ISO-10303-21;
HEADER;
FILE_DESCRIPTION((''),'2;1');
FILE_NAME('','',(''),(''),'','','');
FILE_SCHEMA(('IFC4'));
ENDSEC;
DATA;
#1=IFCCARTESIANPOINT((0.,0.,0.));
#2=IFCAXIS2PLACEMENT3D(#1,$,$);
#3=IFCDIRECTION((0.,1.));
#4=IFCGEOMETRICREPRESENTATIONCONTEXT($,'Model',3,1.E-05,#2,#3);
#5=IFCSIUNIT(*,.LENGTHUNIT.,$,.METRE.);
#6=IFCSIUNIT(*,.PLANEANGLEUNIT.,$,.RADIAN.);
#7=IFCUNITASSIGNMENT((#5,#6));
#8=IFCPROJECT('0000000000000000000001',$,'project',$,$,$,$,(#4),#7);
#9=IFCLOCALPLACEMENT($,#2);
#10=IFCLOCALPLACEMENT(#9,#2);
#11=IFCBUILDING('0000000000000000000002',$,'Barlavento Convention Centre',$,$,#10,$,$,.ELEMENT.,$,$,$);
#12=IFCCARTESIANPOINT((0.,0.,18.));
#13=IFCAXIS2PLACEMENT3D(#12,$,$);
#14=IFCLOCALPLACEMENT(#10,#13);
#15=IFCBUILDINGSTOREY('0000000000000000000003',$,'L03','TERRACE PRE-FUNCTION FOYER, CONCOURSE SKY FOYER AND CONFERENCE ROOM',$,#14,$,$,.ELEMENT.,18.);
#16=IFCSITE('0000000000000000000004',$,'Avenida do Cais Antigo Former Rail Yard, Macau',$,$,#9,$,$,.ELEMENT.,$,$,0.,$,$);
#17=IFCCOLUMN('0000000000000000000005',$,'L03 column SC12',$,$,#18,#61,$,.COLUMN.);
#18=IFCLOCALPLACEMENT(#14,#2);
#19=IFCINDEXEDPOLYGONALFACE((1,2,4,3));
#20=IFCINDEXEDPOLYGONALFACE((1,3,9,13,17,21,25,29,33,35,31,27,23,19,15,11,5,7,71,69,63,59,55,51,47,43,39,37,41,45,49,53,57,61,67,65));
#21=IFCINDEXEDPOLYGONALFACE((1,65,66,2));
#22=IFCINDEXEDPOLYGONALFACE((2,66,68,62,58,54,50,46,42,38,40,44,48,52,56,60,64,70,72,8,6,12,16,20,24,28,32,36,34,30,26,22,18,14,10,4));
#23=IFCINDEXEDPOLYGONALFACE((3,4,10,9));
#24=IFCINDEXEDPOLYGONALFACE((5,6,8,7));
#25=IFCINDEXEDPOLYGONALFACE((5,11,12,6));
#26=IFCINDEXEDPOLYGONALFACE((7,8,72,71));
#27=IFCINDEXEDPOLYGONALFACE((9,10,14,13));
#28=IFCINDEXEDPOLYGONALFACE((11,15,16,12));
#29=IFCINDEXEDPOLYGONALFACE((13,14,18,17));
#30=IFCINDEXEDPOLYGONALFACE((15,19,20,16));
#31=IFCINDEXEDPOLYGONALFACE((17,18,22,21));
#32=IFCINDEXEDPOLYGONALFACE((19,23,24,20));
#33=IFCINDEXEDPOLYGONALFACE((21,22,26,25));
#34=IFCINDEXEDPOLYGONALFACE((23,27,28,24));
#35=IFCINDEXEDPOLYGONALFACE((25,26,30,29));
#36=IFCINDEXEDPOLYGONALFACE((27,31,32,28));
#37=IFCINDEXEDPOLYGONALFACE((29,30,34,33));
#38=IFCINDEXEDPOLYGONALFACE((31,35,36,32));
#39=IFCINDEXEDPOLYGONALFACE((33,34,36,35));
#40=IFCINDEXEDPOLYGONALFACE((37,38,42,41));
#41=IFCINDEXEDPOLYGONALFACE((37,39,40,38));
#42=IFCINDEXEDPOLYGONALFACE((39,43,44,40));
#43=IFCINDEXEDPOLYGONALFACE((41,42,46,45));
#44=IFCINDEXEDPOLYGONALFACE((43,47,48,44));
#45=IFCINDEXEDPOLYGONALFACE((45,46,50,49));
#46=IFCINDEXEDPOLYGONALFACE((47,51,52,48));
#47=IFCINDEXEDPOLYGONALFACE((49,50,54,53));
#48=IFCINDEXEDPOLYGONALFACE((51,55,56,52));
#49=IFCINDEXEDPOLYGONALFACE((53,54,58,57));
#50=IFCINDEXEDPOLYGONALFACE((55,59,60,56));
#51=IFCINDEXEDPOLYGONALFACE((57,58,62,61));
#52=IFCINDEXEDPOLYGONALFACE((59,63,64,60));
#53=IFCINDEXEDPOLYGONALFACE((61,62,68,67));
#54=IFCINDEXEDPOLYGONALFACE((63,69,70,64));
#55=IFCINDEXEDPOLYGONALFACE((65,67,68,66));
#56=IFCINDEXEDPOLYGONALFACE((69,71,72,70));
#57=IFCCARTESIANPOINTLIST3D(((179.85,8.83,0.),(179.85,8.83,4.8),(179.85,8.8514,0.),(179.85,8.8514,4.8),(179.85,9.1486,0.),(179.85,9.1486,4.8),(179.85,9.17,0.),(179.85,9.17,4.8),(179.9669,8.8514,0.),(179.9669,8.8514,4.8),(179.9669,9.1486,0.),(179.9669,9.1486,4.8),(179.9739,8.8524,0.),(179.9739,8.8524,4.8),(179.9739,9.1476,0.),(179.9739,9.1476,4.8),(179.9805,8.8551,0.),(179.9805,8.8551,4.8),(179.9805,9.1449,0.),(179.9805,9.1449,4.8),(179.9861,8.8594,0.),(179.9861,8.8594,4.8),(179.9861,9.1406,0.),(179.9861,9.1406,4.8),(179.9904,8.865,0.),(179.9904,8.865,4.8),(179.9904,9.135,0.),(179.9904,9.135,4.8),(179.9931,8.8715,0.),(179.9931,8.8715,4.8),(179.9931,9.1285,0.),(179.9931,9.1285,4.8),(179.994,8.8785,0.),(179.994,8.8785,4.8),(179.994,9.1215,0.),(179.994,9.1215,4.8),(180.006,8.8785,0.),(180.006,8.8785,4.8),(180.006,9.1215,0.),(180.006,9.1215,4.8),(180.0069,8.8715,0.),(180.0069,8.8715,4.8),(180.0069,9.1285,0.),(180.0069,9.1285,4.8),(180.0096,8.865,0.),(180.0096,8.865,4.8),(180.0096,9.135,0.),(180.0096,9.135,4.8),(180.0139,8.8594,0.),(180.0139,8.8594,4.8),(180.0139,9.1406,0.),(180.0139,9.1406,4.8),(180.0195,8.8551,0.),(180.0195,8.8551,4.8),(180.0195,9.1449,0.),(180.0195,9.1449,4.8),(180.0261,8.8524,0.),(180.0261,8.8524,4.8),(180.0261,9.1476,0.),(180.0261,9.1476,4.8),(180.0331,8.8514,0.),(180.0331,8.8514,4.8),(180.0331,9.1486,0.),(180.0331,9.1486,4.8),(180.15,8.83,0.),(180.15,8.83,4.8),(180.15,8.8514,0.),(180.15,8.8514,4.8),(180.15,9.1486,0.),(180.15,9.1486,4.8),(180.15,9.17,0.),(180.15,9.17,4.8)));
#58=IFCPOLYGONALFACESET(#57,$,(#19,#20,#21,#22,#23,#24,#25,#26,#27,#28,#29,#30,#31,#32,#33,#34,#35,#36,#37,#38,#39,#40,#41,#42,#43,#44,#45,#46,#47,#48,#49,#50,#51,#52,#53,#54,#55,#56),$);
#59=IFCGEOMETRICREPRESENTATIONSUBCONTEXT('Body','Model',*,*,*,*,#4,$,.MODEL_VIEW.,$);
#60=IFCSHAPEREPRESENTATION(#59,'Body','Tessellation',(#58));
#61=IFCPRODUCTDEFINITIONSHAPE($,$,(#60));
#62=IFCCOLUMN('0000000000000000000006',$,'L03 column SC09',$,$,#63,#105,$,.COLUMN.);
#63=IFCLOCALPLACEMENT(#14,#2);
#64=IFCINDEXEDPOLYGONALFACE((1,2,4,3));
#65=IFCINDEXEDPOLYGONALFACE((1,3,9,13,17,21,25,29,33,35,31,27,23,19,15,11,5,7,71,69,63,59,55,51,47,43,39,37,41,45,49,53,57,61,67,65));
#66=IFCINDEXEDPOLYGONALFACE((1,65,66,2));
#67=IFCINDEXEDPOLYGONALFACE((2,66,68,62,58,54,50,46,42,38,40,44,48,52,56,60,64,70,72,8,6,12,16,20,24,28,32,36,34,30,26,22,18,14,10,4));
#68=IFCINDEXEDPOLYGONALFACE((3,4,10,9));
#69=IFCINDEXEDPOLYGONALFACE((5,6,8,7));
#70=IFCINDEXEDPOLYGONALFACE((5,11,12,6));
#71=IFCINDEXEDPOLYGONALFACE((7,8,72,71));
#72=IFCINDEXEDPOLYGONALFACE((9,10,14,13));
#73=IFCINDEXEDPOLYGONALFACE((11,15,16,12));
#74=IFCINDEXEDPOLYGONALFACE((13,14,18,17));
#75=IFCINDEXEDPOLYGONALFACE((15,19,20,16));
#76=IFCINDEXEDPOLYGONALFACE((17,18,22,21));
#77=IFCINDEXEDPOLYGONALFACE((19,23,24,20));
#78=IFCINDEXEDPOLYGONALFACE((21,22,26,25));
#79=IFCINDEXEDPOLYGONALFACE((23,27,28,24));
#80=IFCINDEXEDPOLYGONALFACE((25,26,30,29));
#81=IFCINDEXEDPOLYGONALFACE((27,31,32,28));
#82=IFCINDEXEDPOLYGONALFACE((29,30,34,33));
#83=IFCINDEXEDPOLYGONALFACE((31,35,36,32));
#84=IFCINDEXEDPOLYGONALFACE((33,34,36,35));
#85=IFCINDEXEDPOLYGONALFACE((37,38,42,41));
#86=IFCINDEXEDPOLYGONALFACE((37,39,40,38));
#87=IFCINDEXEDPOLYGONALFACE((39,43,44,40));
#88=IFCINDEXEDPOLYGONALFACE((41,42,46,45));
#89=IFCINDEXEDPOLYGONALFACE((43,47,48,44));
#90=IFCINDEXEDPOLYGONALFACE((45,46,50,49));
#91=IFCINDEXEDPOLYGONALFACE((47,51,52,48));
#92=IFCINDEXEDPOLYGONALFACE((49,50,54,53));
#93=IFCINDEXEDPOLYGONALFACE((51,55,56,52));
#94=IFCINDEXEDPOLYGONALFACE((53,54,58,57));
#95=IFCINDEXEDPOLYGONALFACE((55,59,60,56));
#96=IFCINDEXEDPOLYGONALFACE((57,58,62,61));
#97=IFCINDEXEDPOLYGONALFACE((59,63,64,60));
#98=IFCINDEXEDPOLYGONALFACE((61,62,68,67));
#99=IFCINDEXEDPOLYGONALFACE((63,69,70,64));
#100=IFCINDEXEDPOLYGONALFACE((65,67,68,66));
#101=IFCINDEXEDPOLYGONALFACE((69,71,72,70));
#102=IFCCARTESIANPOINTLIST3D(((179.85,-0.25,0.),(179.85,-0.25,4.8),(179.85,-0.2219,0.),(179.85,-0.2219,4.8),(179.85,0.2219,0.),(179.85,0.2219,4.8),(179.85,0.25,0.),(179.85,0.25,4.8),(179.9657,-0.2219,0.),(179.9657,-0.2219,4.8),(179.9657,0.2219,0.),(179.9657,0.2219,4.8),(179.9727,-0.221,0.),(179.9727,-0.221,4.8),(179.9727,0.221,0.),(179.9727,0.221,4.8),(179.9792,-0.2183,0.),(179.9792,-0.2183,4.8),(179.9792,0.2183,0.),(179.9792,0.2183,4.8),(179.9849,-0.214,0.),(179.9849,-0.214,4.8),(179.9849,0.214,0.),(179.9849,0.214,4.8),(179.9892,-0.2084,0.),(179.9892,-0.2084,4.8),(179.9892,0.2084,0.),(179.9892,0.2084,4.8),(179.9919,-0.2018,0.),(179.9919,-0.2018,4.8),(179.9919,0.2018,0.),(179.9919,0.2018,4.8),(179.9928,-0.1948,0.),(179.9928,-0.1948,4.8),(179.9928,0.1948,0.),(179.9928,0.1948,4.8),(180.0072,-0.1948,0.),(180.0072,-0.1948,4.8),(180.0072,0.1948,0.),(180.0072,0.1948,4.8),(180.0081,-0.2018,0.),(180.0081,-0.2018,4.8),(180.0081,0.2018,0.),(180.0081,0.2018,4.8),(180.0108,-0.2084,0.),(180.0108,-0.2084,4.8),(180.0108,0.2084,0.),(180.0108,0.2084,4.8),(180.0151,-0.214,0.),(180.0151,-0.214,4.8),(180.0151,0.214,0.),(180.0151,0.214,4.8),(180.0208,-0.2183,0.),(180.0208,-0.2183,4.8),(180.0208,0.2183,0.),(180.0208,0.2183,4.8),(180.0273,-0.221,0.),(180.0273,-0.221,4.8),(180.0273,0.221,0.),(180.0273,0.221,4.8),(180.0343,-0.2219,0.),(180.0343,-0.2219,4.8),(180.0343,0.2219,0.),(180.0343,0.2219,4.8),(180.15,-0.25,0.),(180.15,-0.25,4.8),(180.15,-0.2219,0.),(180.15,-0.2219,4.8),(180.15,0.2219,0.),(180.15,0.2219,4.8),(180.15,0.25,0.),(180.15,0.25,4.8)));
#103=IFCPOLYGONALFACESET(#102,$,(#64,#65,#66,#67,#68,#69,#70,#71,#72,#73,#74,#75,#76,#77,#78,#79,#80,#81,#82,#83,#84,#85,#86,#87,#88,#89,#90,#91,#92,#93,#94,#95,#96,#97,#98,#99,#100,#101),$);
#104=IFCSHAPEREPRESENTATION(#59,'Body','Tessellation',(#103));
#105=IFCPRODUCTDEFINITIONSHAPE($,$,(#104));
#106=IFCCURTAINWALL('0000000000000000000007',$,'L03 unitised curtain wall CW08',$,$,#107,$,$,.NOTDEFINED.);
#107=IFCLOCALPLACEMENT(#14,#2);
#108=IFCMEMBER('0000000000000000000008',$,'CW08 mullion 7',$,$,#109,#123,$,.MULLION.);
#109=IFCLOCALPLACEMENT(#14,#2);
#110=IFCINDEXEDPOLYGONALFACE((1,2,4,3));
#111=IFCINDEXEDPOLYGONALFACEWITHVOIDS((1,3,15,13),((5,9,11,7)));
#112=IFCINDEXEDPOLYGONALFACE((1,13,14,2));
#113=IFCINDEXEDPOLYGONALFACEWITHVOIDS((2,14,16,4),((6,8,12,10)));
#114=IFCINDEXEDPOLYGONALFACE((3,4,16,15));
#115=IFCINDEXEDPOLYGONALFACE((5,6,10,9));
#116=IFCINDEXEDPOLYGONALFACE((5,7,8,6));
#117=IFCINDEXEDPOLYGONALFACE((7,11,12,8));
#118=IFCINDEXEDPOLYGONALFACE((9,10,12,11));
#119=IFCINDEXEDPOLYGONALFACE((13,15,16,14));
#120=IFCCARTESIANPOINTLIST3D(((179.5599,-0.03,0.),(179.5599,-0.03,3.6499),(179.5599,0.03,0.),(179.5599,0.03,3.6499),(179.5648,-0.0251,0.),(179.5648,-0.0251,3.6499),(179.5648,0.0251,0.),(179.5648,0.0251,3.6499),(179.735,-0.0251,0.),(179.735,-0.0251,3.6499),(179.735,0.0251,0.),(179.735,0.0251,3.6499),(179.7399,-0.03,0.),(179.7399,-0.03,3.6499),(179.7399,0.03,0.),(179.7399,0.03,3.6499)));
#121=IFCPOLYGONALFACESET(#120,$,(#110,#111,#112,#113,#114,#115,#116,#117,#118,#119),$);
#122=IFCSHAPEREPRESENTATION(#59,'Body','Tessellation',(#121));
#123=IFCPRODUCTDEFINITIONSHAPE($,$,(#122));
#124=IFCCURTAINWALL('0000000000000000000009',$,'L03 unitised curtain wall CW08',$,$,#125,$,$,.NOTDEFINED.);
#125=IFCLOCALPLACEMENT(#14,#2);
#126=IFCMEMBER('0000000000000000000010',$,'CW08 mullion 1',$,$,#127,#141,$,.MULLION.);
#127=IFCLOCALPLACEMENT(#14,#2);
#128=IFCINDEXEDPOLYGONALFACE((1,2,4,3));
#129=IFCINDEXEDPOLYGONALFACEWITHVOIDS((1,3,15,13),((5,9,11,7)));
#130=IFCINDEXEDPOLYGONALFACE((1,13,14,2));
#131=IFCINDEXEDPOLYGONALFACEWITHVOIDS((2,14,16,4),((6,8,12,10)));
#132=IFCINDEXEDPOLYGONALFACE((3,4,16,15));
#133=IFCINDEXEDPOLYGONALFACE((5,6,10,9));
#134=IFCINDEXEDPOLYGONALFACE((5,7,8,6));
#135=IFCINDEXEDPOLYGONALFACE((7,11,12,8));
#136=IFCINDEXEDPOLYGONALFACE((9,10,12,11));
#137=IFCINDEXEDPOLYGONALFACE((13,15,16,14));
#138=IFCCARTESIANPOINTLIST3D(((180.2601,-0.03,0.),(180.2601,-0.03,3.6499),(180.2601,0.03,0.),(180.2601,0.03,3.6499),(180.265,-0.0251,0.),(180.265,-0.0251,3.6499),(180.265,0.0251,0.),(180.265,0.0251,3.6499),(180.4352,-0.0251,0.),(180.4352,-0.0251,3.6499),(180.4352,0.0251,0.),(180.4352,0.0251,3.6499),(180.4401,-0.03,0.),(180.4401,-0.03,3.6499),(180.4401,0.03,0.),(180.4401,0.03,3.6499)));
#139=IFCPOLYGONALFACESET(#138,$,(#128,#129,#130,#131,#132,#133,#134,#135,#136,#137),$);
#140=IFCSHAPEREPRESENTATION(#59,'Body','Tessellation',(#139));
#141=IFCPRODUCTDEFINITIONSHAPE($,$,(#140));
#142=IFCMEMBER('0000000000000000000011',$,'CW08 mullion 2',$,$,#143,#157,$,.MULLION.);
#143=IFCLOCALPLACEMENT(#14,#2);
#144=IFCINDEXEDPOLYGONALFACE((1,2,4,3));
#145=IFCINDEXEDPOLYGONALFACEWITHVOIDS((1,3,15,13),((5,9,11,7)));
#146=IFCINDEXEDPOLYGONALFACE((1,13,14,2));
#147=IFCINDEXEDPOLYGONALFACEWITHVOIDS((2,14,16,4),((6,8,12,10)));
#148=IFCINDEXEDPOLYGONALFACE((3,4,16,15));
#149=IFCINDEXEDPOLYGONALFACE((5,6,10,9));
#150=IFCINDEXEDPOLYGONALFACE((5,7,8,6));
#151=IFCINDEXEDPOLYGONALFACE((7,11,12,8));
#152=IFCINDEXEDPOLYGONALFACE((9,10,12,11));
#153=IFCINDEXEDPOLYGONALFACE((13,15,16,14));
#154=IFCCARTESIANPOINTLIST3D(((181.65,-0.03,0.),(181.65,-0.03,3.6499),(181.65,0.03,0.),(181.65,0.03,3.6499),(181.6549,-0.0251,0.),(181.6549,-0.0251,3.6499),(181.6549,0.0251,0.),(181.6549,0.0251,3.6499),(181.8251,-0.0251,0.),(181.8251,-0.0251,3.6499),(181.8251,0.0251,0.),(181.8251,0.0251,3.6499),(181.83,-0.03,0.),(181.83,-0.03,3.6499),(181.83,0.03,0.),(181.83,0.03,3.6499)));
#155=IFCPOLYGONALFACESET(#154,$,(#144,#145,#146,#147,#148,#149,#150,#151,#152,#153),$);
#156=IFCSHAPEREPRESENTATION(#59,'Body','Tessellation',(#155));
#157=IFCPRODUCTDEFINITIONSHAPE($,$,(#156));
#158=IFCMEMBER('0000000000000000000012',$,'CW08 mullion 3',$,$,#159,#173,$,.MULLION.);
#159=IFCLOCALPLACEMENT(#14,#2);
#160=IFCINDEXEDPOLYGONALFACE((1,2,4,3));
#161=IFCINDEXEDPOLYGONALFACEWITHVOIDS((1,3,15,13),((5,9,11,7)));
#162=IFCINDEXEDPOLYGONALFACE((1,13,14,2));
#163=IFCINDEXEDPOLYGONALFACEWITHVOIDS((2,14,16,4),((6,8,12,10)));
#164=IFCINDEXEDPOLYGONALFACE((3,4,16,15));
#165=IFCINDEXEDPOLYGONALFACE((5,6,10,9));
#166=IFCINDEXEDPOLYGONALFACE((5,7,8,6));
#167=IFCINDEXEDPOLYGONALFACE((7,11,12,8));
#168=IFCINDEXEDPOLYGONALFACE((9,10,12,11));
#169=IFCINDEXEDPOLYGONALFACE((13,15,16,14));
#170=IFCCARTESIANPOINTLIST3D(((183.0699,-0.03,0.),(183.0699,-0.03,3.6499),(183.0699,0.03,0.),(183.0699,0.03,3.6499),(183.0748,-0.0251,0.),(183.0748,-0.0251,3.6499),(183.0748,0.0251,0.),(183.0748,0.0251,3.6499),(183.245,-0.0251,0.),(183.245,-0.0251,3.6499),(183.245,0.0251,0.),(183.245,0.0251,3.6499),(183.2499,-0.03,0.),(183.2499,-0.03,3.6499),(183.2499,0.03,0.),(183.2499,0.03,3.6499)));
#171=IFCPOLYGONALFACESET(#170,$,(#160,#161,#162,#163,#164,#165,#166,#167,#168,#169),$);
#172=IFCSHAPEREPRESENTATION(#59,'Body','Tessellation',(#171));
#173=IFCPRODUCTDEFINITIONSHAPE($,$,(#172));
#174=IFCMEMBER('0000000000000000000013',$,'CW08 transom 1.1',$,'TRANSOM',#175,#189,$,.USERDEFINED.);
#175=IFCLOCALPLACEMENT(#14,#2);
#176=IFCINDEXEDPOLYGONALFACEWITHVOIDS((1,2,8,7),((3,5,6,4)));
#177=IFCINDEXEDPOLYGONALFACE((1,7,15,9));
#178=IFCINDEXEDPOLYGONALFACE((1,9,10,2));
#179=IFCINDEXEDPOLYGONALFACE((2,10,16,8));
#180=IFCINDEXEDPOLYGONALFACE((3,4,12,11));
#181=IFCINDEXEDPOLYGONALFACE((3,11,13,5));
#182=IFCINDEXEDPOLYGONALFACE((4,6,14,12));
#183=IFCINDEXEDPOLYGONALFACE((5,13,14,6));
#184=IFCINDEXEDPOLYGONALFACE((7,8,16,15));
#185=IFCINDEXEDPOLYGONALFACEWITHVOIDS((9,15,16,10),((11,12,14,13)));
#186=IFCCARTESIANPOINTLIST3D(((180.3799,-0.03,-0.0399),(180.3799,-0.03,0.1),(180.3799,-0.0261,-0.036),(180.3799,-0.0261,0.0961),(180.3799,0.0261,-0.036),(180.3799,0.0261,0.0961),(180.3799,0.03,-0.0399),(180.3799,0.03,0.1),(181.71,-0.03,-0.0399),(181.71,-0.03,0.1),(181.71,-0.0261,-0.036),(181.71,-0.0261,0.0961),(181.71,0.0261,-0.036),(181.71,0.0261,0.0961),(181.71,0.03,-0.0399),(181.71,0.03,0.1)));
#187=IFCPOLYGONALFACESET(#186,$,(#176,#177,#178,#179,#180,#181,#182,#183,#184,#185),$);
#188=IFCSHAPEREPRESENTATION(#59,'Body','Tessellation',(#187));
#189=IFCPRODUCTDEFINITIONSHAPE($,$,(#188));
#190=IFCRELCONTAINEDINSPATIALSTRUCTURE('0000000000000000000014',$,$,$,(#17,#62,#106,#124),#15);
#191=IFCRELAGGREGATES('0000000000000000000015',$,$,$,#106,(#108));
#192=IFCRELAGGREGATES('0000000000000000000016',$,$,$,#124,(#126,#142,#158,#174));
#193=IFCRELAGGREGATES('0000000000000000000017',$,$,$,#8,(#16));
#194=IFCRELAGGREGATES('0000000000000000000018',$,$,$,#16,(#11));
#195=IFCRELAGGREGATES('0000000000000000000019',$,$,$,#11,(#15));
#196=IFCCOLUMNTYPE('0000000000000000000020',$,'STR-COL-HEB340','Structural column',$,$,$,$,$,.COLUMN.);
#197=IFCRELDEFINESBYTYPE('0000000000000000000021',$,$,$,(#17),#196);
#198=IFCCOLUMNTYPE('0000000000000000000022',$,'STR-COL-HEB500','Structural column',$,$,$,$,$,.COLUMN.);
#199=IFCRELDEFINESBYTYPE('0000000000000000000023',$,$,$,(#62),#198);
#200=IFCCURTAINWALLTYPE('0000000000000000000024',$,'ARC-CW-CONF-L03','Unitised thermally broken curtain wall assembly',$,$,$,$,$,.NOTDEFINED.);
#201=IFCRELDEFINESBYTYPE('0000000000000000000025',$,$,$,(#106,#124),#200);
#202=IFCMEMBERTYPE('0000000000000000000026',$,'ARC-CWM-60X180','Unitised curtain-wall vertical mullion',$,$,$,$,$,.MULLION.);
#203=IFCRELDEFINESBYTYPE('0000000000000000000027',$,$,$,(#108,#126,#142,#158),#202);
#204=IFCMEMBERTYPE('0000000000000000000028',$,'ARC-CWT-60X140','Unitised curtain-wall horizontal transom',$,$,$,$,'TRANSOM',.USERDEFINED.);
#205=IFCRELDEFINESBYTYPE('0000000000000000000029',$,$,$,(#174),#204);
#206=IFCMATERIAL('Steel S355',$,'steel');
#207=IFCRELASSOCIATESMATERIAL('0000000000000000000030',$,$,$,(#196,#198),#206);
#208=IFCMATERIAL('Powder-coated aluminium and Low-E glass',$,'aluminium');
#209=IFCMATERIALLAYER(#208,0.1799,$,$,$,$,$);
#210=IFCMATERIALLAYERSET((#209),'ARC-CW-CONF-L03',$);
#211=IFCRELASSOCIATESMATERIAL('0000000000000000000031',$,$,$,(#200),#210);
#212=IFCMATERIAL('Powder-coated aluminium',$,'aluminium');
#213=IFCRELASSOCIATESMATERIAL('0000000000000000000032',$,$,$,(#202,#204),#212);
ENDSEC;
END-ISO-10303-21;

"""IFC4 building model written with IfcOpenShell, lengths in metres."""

from ifc_helpers import new_model, si_unit, direction, frame, origin, origin_2d, place, context, subcontext, project, spatial, hollow_rectangle, i_section, extrude, material, layer, layer_set, material_profile, profile_set, type_object, element, aggregate, save


model = new_model("IFC4")

# Units and contexts
model_context = context("Model", 3, precision=1e-05, world=origin(), true_north=direction((0.0, 1.0)))
body_context = subcontext(model_context, "Body", "Model", "MODEL_VIEW")
ifc_project = project(units=[si_unit("LENGTHUNIT", "METRE"), si_unit("PLANEANGLEUNIT", "RADIAN")], contexts=[model_context])

# Site, building, storey
site_placement = place(None, origin())
site = spatial("IfcSite", under=ifc_project, at=site_placement, Name="Avenida do Cais Antigo Former Rail Yard, Macau", CompositionType="ELEMENT", RefElevation=0.0)
building_placement = place(site_placement, origin())
building = spatial("IfcBuilding", under=site, at=building_placement, Name="Barlavento Convention Centre", CompositionType="ELEMENT")
storey_placement = place(building_placement, frame((0.0, 0.0, 18.0)))
storey = spatial("IfcBuildingStorey", under=building, at=storey_placement, Name="L03", Description="TERRACE PRE-FUNCTION FOYER, CONCOURSE SKY FOYER AND CONFERENCE ROOM", CompositionType="ELEMENT", Elevation=18.0)

# Columns
ifc_material_1 = material(Name="Steel S355", Category="steel")
ifc_material_profile_1 = material_profile(ifc_material_1, i_section(OverallWidth=0.3, OverallDepth=0.3401, WebThickness=0.012, FlangeThickness=0.0215, FilletRadius=0.0271, at=origin_2d()), Name="HEB 340")
ifc_profile_set_1 = profile_set([ifc_material_profile_1], Name="Steel S355")
column_type_1 = type_object("IfcColumnType", Name="STR-COL-HEB340", Description="Structural column", PredefinedType="COLUMN", material=ifc_profile_set_1)
column_1_placement = place(storey_placement, frame((180.0, 9.0, 0.0), z_axis=(0.0, 0.0, 1.0), x_axis=(1.0, 0.0, 0.0)))
element("IfcColumn", 1, at=column_1_placement, inside=storey, type_object=column_type_1, Name="L03 column SC12", PredefinedType="COLUMN", context=body_context, shape_type="SweptSolid", body=[
    extrude(i_section(OverallWidth=0.3, OverallDepth=0.3401, WebThickness=0.012, FlangeThickness=0.0215, FilletRadius=0.0271, at=origin_2d()), origin(), (0.0, 0.0, 1.0), 4.8),
])
ifc_material_profile_2 = material_profile(ifc_material_1, i_section(OverallWidth=0.3, OverallDepth=0.5, WebThickness=0.0144, FlangeThickness=0.0281, FilletRadius=0.0271, at=origin_2d()), Name="HEB 500")
ifc_profile_set_2 = profile_set([ifc_material_profile_2], Name="Steel S355")
column_type_2 = type_object("IfcColumnType", Name="STR-COL-HEB500", Description="Structural column", PredefinedType="COLUMN", material=ifc_profile_set_2)
column_2_placement = place(storey_placement, frame((180.0, 0.0, 0.0), z_axis=(0.0, 0.0, 1.0), x_axis=(1.0, 0.0, 0.0)))
element("IfcColumn", 2, at=column_2_placement, inside=storey, type_object=column_type_2, Name="L03 column SC09", PredefinedType="COLUMN", context=body_context, shape_type="SweptSolid", body=[
    extrude(i_section(OverallWidth=0.3, OverallDepth=0.5, WebThickness=0.0144, FlangeThickness=0.0281, FilletRadius=0.0271, at=origin_2d()), origin(), (0.0, 0.0, 1.0), 4.8),
])

# Curtain wall, member
ifc_material_2 = material(Name="Powder-coated aluminium and Low-E glass", Category="aluminium")
ifc_layer_1 = layer(ifc_material_2, 0.1799)
ifc_layer_set_1 = layer_set([ifc_layer_1], Name="ARC-CW-CONF-L03")
curtain_wall_type = type_object("IfcCurtainWallType", Name="ARC-CW-CONF-L03", Description="Unitised thermally broken curtain wall assembly", PredefinedType="NOTDEFINED", material=ifc_layer_set_1)
curtain_wall_1_placement = place(storey_placement, origin())
curtain_wall_1 = element("IfcCurtainWall", 3, at=curtain_wall_1_placement, inside=storey, type_object=curtain_wall_type, Name="L03 unitised curtain wall CW08", PredefinedType="NOTDEFINED")
ifc_material_3 = material(Name="Powder-coated aluminium", Category="aluminium")
ifc_material_profile_3 = material_profile(ifc_material_3, hollow_rectangle(XDim=0.0601, YDim=0.1799, WallThickness=0.0049, at=origin_2d()), Name="AL-MULL 60x180x5")
ifc_profile_set_3 = profile_set([ifc_material_profile_3], Name="Powder-coated aluminium")
member_type_1 = type_object("IfcMemberType", Name="ARC-CWM-60X180", Description="Unitised curtain-wall vertical mullion", PredefinedType="MULLION", material=ifc_profile_set_3)
member_1_placement = place(storey_placement, frame((179.6499, 0.0, 0.0), z_axis=(0.0, 0.0, 1.0), x_axis=(0.0, 1.0, 0.0)))
member_1 = element("IfcMember", 4, at=member_1_placement, type_object=member_type_1, Name="CW08 mullion 7", PredefinedType="MULLION", context=body_context, shape_type="SweptSolid", body=[
    extrude(hollow_rectangle(XDim=0.0601, YDim=0.1799, WallThickness=0.0049, at=origin_2d()), origin(), (0.0, 0.0, 1.0), 3.6499),
])

# Curtain wall, members
curtain_wall_2_placement = place(storey_placement, origin())
curtain_wall_2 = element("IfcCurtainWall", 5, at=curtain_wall_2_placement, inside=storey, type_object=curtain_wall_type, Name="L03 unitised curtain wall CW08", PredefinedType="NOTDEFINED")
member_2_placement = place(storey_placement, frame((180.3501, 0.0, 0.0), z_axis=(0.0, 0.0, 1.0), x_axis=(0.0, 1.0, 0.0)))
member_2 = element("IfcMember", 6, at=member_2_placement, type_object=member_type_1, Name="CW08 mullion 1", PredefinedType="MULLION", context=body_context, shape_type="SweptSolid", body=[
    extrude(hollow_rectangle(XDim=0.0601, YDim=0.1799, WallThickness=0.0049, at=origin_2d()), origin(), (0.0, 0.0, 1.0), 3.6499),
])
member_3_placement = place(storey_placement, frame((181.74, 0.0, 0.0), z_axis=(0.0, 0.0, 1.0), x_axis=(0.0, 1.0, 0.0)))
member_3 = element("IfcMember", 7, at=member_3_placement, type_object=member_type_1, Name="CW08 mullion 2", PredefinedType="MULLION", context=body_context, shape_type="SweptSolid", body=[
    extrude(hollow_rectangle(XDim=0.0601, YDim=0.1799, WallThickness=0.0049, at=origin_2d()), origin(), (0.0, 0.0, 1.0), 3.6499),
])
member_4_placement = place(storey_placement, frame((183.1599, 0.0, 0.0), z_axis=(0.0, 0.0, 1.0), x_axis=(0.0, 1.0, 0.0)))
member_4 = element("IfcMember", 8, at=member_4_placement, type_object=member_type_1, Name="CW08 mullion 3", PredefinedType="MULLION", context=body_context, shape_type="SweptSolid", body=[
    extrude(hollow_rectangle(XDim=0.0601, YDim=0.1799, WallThickness=0.0049, at=origin_2d()), origin(), (0.0, 0.0, 1.0), 3.6499),
])
ifc_material_profile_4 = material_profile(ifc_material_3, hollow_rectangle(XDim=0.0601, YDim=0.1399, WallThickness=0.0039, at=origin_2d()), Name="AL-TRAN 60x140x4")
ifc_profile_set_4 = profile_set([ifc_material_profile_4], Name="Powder-coated aluminium")
member_type_2 = type_object("IfcMemberType", Name="ARC-CWT-60X140", Description="Unitised curtain-wall horizontal transom", ElementType="TRANSOM", PredefinedType="USERDEFINED", material=ifc_profile_set_4)
member_5_placement = place(storey_placement, frame((180.3799, 0.0, 0.03), z_axis=(1.0, 0.0, 0.0), x_axis=(0.0, 1.0, 0.0)))
member_5 = element("IfcMember", 9, at=member_5_placement, type_object=member_type_2, Name="CW08 transom 1.1", ObjectType="TRANSOM", PredefinedType="USERDEFINED", context=body_context, shape_type="SweptSolid", body=[
    extrude(hollow_rectangle(XDim=0.0601, YDim=0.1399, WallThickness=0.0039, at=origin_2d()), origin(), (0.0, 0.0, 1.0), 1.3301),
])

aggregate(curtain_wall_1, [member_1])
aggregate(curtain_wall_2, [member_2, member_3, member_4, member_5])

save(model, "model.ifc")
